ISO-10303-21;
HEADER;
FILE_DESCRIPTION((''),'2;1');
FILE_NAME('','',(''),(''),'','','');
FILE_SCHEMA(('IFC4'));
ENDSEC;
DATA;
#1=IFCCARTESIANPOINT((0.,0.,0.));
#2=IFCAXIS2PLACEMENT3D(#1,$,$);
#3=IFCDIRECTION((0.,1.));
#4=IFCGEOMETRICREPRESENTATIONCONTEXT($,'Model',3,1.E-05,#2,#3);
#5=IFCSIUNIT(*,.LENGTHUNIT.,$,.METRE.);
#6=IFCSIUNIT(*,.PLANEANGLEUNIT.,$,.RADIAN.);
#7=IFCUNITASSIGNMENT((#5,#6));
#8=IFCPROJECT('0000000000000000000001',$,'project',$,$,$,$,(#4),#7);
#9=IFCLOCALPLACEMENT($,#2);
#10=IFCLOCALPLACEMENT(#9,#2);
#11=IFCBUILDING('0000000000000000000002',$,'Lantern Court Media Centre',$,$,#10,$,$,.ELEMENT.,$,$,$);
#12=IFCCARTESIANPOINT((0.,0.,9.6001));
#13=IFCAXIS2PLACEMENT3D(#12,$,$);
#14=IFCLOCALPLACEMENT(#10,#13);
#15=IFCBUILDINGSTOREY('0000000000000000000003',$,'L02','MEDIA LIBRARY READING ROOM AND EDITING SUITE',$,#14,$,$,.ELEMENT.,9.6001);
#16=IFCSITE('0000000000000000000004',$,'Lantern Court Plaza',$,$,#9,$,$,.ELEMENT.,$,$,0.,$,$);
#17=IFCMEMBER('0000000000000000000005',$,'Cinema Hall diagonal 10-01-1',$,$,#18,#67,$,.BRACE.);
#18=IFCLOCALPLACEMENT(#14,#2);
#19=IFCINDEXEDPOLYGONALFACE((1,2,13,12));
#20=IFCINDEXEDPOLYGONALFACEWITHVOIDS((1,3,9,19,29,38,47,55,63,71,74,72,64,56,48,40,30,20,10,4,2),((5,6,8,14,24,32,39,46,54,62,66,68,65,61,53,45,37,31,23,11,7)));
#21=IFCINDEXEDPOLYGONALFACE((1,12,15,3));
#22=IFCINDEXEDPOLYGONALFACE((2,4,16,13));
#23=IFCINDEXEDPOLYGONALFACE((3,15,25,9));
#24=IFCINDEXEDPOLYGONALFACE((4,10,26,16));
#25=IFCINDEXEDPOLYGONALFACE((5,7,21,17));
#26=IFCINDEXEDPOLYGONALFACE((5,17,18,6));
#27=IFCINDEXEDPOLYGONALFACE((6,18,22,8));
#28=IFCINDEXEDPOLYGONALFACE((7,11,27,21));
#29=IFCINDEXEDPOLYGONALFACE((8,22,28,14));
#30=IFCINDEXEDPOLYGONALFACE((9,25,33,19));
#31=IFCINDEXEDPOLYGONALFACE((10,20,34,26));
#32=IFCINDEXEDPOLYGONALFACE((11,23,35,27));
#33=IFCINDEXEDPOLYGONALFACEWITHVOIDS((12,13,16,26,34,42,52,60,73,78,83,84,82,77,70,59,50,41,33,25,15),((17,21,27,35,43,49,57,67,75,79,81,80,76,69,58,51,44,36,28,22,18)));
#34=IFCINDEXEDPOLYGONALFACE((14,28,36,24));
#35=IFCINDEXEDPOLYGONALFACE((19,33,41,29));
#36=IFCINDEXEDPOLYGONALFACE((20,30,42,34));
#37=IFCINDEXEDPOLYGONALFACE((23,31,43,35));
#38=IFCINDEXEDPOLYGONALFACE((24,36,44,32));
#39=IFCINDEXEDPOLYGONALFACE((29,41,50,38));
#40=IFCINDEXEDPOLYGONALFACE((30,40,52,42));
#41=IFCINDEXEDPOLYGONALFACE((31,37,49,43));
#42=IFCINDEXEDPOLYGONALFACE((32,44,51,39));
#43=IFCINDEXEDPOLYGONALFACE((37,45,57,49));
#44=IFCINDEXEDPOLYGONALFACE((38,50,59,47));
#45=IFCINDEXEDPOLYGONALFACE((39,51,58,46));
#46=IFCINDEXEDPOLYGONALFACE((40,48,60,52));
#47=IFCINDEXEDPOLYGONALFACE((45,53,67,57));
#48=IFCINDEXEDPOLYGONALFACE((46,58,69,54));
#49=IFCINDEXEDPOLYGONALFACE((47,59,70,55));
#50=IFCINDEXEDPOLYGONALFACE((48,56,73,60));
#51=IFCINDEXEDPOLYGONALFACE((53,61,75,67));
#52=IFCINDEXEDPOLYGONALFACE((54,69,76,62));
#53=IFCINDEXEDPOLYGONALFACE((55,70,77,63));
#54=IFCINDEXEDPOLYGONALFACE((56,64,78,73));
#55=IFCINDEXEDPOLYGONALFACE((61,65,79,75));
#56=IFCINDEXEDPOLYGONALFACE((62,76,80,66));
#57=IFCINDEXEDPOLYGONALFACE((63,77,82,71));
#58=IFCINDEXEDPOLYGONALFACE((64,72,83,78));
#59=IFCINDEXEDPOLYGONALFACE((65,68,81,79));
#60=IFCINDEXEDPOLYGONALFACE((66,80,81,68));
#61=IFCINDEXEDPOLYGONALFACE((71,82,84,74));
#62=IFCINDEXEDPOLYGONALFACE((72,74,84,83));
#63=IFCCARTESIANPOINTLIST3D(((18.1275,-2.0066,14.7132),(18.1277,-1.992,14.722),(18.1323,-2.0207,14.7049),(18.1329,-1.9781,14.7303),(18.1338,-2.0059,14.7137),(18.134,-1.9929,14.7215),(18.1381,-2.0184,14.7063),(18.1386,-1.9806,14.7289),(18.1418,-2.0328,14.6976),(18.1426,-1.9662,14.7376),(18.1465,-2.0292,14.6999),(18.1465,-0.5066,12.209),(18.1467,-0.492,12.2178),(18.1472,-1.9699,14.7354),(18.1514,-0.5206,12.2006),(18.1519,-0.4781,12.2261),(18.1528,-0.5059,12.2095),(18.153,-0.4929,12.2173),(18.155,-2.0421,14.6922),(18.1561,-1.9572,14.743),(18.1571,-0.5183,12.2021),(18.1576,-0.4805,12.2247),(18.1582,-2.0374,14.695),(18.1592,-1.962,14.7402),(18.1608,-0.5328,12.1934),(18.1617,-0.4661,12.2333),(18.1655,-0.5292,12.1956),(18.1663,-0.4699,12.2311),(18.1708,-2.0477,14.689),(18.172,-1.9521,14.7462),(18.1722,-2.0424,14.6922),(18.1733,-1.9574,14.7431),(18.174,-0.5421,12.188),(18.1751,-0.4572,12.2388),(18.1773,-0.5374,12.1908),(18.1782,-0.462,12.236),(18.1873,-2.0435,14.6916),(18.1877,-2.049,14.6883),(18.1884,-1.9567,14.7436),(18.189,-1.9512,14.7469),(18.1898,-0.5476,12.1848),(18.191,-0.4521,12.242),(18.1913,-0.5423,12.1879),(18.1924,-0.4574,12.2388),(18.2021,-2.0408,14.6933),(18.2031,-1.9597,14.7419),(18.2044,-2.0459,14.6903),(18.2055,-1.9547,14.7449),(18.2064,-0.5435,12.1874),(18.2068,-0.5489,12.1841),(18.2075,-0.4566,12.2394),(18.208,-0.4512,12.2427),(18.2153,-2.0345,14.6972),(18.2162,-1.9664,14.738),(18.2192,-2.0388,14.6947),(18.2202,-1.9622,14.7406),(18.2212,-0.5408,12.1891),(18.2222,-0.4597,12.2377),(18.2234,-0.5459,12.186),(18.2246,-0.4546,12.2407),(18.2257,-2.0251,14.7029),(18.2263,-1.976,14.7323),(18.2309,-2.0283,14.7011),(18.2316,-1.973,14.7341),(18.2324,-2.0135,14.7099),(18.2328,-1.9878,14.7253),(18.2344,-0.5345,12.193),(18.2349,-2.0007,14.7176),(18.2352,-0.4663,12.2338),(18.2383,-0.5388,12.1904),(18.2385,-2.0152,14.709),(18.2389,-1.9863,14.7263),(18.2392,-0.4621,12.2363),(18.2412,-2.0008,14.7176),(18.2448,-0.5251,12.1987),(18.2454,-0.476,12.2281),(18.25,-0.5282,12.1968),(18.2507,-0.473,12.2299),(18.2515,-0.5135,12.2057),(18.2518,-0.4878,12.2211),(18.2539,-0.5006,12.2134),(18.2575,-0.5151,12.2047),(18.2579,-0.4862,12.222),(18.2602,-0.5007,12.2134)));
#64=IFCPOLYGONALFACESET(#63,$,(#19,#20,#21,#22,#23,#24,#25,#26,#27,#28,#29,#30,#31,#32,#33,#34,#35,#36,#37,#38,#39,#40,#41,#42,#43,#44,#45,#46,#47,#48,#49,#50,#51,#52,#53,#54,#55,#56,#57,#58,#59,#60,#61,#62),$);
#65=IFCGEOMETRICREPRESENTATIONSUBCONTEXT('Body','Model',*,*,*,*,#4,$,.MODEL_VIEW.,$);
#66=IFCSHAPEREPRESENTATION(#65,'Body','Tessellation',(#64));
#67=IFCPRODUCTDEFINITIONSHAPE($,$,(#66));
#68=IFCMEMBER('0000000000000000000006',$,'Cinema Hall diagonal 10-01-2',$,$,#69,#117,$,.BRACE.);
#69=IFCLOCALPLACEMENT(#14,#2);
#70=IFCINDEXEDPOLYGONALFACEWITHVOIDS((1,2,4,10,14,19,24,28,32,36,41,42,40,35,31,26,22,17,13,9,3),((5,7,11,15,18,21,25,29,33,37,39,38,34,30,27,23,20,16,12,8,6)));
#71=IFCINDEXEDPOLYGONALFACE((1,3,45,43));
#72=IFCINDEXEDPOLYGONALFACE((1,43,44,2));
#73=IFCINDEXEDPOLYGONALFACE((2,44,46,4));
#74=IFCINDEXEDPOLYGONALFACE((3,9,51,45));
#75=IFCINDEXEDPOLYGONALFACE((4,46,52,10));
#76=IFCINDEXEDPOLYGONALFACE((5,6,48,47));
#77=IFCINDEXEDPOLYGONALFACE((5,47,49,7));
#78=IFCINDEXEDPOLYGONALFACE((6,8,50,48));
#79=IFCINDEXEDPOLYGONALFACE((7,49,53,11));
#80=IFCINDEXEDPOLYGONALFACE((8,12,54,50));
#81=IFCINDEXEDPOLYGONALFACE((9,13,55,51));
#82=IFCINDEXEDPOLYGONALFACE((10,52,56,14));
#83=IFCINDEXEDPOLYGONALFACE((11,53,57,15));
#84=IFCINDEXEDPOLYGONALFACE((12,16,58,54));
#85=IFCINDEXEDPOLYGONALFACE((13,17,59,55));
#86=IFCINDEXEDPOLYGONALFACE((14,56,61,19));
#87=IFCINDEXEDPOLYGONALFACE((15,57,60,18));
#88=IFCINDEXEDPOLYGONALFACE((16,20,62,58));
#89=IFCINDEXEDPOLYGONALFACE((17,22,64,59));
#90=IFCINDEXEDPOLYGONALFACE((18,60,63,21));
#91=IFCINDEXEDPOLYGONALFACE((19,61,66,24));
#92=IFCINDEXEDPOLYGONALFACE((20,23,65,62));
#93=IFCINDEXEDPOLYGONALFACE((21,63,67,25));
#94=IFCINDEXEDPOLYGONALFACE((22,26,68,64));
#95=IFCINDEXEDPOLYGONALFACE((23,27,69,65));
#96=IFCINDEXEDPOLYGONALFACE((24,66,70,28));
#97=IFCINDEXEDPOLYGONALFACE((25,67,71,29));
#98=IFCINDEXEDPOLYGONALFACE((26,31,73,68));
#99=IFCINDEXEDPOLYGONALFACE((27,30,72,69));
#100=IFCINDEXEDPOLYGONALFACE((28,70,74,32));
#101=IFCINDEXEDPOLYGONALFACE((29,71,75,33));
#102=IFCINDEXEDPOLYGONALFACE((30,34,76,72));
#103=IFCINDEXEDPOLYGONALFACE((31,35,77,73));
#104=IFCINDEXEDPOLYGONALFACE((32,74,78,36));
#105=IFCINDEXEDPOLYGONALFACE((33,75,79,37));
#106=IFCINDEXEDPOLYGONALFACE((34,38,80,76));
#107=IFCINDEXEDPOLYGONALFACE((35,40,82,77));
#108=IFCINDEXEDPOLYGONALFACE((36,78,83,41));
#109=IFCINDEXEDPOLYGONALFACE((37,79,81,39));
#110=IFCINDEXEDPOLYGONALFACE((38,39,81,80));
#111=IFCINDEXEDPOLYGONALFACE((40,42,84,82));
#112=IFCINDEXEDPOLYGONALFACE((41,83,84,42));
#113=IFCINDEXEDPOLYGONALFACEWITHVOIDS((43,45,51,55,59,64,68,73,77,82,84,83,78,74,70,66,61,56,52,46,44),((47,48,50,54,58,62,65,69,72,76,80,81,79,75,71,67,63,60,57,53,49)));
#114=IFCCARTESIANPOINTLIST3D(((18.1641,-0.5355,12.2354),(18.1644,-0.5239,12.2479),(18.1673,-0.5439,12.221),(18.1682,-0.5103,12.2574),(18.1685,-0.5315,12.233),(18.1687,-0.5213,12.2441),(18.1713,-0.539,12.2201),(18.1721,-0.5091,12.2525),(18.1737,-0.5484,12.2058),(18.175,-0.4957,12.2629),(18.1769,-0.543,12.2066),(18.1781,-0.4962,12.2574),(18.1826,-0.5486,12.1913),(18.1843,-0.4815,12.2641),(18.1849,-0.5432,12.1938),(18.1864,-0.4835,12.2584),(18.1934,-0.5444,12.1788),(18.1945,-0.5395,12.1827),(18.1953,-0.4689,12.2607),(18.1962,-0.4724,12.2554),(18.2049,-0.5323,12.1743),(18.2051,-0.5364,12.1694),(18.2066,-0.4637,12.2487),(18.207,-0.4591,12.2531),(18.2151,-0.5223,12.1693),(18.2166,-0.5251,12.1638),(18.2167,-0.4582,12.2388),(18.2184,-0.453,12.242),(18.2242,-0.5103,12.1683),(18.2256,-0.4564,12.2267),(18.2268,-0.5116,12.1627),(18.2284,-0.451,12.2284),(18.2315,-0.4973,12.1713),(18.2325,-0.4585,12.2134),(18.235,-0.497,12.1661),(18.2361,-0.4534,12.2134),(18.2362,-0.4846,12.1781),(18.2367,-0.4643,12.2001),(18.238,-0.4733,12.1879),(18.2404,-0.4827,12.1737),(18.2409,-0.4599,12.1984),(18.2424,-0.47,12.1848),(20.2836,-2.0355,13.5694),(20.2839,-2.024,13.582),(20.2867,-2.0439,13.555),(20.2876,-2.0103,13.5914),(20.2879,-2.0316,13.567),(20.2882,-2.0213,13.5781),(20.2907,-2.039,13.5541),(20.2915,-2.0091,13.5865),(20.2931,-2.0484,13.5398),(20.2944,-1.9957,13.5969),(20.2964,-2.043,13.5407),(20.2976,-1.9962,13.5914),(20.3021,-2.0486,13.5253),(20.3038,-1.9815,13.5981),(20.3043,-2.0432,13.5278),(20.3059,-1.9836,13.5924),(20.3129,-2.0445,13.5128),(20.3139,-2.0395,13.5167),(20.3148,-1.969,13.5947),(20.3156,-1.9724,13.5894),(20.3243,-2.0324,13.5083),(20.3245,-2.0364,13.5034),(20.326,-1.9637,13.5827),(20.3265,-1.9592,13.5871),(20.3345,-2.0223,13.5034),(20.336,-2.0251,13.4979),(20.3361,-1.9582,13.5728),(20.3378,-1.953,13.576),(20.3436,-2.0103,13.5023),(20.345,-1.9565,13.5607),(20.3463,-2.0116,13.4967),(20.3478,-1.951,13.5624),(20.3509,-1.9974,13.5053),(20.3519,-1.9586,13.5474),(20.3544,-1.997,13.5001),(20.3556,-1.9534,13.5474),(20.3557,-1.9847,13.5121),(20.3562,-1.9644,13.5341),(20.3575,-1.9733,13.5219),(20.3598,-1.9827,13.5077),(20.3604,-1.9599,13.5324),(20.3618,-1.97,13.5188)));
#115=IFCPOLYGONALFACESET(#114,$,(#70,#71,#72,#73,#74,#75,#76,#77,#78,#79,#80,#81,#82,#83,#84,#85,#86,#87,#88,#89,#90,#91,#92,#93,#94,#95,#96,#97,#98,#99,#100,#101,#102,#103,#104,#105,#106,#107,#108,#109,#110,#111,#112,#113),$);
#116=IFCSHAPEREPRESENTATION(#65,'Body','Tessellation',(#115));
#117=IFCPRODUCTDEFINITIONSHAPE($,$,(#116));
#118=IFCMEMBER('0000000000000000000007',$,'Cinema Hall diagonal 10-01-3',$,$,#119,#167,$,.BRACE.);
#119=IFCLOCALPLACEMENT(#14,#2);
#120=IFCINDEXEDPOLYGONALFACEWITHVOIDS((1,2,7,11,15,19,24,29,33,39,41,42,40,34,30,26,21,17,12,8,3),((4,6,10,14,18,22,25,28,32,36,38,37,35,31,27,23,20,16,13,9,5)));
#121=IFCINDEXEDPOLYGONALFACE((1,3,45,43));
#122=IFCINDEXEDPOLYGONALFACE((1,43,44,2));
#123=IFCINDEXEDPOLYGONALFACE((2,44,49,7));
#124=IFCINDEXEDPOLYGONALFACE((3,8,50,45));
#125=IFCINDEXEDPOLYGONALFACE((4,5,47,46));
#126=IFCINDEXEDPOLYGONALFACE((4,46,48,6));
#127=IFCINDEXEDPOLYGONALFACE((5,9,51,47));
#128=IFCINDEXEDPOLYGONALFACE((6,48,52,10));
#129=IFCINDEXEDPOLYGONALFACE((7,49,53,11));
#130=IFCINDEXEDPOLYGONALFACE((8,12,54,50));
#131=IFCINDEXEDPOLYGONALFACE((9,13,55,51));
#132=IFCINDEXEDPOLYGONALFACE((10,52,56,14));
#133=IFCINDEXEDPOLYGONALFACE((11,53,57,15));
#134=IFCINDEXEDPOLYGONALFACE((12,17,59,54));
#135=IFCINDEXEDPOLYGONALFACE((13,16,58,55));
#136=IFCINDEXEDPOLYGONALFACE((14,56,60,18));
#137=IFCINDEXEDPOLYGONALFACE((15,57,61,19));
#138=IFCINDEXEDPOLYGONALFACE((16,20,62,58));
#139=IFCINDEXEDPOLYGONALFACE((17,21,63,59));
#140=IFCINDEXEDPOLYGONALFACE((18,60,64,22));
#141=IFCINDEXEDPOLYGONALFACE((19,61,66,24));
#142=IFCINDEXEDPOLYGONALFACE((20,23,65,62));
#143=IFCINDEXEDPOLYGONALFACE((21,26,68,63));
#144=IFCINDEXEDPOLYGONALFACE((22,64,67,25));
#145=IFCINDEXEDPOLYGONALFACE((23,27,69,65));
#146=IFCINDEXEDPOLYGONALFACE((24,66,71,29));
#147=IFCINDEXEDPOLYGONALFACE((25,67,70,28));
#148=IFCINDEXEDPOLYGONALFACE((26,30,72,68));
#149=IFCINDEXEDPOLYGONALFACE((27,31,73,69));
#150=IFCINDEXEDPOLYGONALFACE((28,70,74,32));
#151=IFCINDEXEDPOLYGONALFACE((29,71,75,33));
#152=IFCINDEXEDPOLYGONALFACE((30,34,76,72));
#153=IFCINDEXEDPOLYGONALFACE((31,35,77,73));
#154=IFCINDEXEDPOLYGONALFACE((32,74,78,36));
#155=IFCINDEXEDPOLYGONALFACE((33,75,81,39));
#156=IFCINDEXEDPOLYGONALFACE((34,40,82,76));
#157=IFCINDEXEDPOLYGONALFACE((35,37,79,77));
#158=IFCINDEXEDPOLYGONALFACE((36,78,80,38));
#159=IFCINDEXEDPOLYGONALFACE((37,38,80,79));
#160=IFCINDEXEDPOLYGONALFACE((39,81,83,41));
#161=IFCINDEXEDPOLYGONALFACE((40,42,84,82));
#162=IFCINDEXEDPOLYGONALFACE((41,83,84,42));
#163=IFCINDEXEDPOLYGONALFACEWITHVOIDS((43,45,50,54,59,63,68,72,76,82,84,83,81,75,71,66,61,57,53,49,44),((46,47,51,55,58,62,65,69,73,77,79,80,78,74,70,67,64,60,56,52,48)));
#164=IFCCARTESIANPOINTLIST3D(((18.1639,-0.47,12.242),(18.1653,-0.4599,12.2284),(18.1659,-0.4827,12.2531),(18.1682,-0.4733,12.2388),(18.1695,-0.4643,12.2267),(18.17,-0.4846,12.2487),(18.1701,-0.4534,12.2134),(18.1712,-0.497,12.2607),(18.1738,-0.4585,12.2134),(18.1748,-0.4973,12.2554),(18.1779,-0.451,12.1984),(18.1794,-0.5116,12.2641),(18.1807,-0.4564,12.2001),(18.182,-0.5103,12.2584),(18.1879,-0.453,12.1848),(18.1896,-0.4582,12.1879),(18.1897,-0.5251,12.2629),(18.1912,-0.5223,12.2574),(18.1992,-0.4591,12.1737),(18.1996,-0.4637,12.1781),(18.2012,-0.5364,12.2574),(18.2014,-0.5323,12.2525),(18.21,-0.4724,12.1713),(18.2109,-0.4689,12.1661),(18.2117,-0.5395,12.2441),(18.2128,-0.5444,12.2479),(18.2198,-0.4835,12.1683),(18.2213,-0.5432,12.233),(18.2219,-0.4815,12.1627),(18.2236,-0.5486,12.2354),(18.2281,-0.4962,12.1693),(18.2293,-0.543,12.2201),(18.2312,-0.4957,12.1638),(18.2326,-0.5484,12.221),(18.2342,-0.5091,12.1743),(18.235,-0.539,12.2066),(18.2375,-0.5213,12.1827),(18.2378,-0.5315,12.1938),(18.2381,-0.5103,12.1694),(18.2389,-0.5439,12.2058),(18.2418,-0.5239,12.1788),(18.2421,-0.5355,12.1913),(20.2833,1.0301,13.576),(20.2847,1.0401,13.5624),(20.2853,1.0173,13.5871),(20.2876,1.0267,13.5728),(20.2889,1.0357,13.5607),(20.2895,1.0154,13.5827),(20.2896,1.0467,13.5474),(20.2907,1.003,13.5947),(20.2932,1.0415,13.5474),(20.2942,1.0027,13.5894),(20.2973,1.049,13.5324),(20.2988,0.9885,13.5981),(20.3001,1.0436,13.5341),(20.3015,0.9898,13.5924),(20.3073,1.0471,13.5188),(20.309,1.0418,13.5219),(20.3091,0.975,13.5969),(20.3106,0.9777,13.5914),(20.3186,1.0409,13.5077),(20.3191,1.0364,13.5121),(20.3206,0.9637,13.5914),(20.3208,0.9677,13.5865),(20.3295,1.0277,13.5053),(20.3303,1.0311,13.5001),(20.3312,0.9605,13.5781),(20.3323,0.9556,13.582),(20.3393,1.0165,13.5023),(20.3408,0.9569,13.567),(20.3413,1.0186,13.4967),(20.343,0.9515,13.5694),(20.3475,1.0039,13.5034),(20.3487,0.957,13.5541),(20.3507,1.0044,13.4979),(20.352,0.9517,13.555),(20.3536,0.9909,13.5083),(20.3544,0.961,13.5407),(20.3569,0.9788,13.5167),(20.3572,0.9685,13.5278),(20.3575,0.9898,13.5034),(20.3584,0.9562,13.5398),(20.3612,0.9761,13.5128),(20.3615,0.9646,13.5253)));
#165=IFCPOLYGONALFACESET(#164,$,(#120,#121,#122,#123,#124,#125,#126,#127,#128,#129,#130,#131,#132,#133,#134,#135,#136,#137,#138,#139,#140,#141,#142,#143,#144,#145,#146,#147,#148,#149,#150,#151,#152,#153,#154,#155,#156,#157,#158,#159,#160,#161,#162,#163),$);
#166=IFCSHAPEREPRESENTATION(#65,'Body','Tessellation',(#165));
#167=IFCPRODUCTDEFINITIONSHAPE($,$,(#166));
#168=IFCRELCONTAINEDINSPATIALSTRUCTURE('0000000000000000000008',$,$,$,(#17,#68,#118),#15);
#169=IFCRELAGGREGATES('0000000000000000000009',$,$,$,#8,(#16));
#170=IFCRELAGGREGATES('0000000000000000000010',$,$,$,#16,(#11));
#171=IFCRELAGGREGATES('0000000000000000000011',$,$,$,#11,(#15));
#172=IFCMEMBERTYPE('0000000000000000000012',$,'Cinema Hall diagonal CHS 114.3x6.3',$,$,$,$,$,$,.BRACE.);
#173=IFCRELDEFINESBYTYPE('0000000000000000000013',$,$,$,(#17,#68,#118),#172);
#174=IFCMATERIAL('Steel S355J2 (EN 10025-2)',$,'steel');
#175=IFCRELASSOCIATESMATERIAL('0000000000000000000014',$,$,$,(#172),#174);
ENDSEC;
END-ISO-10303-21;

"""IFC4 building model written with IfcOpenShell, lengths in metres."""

from ifc_helpers import new_model, si_unit, direction, frame, origin, origin_2d, place, context, subcontext, project, spatial, hollow_circle, extrude, material, material_profile, profile_set, type_object, element, save


model = new_model("IFC4")

# Units and contexts
model_context = context("Model", 3, precision=1e-05, world=origin(), true_north=direction((0.0, 1.0)))
body_context = subcontext(model_context, "Body", "Model", "MODEL_VIEW")
ifc_project = project(units=[si_unit("LENGTHUNIT", "METRE"), si_unit("PLANEANGLEUNIT", "RADIAN")], contexts=[model_context])

# Site, building, storey
site_placement = place(None, origin())
site = spatial("IfcSite", under=ifc_project, at=site_placement, Name="Lantern Court Plaza", CompositionType="ELEMENT", RefElevation=0.0)
building_placement = place(site_placement, origin())
building = spatial("IfcBuilding", under=site, at=building_placement, Name="Lantern Court Media Centre", CompositionType="ELEMENT")
storey_placement = place(building_placement, frame((0.0, 0.0, 9.6001)))
storey = spatial("IfcBuildingStorey", under=building, at=storey_placement, Name="L02", Description="MEDIA LIBRARY READING ROOM AND EDITING SUITE", CompositionType="ELEMENT", Elevation=9.6001)

# Members
ifc_material = material(Name="Steel S355J2 (EN 10025-2)", Category="steel")
ifc_material_profile_1 = material_profile(ifc_material, hollow_circle(Radius=0.0571, WallThickness=0.0063, at=origin_2d()), Name="Cinema Hall diagonal CHS 114.3x6.3")
ifc_profile_set_1 = profile_set([ifc_material_profile_1], Name="Steel S355J2 (EN 10025-2)")
member_type_1 = type_object("IfcMemberType", Name="Cinema Hall diagonal CHS 114.3x6.3", PredefinedType="BRACE", material=ifc_profile_set_1)
for number, where, z_axis, x_axis, name in (
    (1, (18.2031, -0.5, 12.2134), (-0.006524, -0.513857, 0.857851), (0.999919, -0.012694, 0.0), "Cinema Hall diagonal 10-01-1"),
    (2, (18.2031, -0.5, 12.2134), (0.726034, -0.513852, 0.45698), (0.577702, 0.816248, 0.0), "Cinema Hall diagonal 10-01-2"),
    (3, (18.2031, -0.5, 12.2134), (0.726034, 0.513852, 0.45698), (-0.577702, 0.816248, 0.0), "Cinema Hall diagonal 10-01-3"),
):
    element("IfcMember", number, at=place(storey_placement, frame(where, z_axis=z_axis, x_axis=x_axis)), inside=storey, type_object=member_type_1, Name=name, PredefinedType="BRACE", context=body_context, shape_type="SweptSolid", body=[
        extrude(hollow_circle(Radius=0.0571, WallThickness=0.0063, at=origin_2d()), origin(), (0.0, 0.0, 1.0), 2.9192),
    ])

save(model, "model.ifc")
